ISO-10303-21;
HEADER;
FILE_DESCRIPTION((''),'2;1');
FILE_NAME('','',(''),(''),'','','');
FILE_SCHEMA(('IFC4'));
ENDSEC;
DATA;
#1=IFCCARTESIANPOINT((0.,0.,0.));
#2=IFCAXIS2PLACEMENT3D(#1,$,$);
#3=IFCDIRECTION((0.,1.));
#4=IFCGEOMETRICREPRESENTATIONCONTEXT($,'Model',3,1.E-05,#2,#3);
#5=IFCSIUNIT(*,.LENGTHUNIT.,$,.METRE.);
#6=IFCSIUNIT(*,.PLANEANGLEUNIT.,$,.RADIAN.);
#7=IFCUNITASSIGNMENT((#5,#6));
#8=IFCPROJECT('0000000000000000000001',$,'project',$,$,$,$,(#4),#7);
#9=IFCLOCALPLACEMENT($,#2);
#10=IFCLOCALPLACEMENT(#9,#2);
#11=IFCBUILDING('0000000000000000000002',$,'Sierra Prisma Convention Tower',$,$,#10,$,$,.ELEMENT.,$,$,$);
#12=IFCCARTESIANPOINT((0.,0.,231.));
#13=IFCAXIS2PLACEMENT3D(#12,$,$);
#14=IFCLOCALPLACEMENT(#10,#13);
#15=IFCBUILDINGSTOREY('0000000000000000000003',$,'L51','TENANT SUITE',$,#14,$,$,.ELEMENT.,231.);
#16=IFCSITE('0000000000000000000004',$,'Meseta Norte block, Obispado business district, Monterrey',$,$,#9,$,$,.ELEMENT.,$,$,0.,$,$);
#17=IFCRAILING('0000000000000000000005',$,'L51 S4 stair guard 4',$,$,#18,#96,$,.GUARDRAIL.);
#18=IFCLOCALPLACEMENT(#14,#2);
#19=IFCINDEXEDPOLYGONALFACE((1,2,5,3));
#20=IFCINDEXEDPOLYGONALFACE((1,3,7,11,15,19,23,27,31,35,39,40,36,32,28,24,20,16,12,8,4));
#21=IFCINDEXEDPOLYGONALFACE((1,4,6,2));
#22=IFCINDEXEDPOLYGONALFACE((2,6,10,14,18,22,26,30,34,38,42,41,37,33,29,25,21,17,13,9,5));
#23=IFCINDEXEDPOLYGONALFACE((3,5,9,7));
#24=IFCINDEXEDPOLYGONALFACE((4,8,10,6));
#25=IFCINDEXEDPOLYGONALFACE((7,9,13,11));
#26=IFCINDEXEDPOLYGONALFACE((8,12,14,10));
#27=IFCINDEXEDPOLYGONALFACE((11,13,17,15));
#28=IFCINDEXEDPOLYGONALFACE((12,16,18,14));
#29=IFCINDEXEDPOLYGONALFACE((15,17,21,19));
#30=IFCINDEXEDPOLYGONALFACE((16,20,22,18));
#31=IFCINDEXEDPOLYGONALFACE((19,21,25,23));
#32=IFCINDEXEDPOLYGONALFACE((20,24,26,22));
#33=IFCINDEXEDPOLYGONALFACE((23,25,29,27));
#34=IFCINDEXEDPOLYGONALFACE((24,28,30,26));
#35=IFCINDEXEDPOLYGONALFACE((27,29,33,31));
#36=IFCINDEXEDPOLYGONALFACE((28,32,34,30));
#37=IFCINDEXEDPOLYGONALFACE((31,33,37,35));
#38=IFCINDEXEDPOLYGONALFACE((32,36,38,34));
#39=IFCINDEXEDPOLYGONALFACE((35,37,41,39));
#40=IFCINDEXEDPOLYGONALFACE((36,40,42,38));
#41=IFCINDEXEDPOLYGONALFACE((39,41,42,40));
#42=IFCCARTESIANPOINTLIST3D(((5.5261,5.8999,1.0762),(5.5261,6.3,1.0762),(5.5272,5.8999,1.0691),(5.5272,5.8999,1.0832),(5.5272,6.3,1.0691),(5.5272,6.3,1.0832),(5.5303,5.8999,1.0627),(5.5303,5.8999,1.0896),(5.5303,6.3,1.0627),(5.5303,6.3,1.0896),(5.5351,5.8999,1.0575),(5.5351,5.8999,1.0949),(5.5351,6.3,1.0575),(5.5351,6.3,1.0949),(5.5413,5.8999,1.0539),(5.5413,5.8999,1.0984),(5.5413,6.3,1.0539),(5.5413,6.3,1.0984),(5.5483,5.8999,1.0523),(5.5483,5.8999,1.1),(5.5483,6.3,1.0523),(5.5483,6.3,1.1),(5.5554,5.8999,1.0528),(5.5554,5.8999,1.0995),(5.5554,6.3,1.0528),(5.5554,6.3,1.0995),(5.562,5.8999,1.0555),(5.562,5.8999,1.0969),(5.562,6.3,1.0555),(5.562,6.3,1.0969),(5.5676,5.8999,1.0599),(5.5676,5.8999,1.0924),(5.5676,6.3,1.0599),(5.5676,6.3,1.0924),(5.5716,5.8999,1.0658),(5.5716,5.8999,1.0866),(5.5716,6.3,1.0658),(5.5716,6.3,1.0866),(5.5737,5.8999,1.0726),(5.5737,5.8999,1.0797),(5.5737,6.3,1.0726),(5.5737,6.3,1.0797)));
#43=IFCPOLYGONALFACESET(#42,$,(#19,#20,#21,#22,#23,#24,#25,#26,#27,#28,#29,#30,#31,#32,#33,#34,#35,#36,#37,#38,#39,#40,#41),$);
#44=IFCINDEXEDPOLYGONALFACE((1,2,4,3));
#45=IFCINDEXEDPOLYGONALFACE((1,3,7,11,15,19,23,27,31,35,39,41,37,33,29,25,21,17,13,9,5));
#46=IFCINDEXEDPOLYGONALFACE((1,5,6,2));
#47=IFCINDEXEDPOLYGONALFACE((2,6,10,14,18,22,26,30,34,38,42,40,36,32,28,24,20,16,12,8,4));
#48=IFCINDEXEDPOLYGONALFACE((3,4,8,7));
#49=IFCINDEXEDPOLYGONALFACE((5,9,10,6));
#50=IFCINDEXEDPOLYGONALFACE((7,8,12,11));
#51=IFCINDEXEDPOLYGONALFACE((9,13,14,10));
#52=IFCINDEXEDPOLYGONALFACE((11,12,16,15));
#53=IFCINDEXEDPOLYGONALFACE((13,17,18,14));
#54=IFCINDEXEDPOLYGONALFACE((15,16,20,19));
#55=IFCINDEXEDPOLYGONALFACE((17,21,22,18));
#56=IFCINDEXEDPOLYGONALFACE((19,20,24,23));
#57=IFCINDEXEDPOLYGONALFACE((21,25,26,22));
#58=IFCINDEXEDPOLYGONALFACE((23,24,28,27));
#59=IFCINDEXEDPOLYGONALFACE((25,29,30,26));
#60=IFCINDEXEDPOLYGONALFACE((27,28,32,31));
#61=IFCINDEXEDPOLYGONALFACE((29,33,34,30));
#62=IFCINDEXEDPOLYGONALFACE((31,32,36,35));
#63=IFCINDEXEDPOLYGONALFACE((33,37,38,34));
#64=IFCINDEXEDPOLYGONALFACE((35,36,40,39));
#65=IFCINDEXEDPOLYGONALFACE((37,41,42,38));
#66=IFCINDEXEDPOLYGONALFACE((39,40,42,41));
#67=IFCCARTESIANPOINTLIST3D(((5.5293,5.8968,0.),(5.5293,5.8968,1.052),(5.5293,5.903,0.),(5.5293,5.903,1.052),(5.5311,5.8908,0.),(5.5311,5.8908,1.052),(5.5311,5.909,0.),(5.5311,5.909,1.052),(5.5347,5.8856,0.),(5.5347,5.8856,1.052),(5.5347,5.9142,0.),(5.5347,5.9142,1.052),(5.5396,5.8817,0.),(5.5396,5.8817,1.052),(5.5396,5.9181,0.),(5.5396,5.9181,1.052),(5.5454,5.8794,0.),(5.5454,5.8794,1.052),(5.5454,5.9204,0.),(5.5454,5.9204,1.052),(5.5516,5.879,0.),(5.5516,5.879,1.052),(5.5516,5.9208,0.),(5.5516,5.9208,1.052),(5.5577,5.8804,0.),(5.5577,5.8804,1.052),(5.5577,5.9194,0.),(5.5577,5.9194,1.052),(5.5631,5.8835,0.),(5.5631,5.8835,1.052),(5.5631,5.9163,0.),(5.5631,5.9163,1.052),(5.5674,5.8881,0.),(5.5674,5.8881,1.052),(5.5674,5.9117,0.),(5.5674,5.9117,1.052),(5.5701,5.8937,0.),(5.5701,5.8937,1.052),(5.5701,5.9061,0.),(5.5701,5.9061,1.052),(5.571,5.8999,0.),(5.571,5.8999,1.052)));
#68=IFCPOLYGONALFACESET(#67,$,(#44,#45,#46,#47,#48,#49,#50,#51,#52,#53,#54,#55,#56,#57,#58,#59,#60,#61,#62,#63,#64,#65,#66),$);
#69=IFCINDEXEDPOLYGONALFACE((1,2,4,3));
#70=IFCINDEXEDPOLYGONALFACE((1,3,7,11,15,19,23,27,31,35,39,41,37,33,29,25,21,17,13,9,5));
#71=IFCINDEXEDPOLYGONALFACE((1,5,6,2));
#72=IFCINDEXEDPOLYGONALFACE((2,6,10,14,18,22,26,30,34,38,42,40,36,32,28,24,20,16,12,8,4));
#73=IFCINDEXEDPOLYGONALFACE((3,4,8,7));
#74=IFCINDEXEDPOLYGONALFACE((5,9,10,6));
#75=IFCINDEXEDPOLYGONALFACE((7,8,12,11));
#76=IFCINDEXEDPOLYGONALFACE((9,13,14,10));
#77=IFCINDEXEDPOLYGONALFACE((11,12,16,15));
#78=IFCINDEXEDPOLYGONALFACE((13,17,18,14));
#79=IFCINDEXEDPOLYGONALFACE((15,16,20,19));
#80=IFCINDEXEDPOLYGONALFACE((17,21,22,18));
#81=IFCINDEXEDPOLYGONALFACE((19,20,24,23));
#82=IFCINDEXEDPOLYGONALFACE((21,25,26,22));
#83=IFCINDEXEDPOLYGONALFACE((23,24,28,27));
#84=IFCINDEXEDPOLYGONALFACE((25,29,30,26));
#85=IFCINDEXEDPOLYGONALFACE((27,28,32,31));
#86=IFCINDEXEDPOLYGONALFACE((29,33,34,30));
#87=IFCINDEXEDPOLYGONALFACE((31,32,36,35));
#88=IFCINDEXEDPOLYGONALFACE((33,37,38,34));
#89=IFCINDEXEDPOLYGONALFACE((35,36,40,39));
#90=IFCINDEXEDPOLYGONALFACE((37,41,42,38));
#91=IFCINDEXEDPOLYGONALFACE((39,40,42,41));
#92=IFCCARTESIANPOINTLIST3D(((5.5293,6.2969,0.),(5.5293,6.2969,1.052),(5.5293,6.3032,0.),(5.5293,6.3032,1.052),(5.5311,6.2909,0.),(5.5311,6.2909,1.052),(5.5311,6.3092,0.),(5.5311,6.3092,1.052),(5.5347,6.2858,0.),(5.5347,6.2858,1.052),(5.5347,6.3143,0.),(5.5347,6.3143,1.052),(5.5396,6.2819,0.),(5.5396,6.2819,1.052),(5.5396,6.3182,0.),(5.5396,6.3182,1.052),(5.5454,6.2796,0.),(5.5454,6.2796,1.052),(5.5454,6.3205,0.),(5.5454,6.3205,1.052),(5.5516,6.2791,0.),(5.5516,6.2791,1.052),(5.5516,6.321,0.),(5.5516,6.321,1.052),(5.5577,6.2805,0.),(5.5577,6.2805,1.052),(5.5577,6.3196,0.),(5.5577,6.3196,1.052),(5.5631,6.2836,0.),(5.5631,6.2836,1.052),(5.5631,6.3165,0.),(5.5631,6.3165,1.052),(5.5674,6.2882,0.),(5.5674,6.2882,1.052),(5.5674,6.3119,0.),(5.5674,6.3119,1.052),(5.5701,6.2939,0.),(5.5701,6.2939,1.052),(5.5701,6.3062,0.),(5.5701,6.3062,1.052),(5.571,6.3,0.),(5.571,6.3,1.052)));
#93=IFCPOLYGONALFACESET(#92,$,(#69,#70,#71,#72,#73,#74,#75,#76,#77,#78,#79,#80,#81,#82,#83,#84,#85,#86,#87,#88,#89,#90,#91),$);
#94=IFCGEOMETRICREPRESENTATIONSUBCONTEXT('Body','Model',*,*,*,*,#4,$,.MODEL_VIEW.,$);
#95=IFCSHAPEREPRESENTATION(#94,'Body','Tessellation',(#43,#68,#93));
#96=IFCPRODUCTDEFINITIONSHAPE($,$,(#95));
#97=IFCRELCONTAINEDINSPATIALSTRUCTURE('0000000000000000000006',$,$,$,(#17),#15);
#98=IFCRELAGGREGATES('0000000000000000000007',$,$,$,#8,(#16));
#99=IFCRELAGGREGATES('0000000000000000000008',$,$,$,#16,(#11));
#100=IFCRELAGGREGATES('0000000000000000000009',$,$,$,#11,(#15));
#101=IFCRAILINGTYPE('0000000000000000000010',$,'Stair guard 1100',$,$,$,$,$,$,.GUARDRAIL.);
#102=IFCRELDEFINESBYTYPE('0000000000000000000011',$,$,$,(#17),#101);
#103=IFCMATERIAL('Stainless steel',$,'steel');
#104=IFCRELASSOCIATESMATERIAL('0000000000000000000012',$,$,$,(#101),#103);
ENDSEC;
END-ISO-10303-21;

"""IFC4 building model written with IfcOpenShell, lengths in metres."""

from ifc_helpers import new_model, si_unit, direction, frame, origin, origin_2d, place, context, subcontext, project, spatial, circle, extrude, material, type_object, element, save


model = new_model("IFC4")

# Units and contexts
model_context = context("Model", 3, precision=1e-05, world=origin(), true_north=direction((0.0, 1.0)))
body_context = subcontext(model_context, "Body", "Model", "MODEL_VIEW")
ifc_project = project(units=[si_unit("LENGTHUNIT", "METRE"), si_unit("PLANEANGLEUNIT", "RADIAN")], contexts=[model_context])

# Site, building, storey
site_placement = place(None, origin())
site = spatial("IfcSite", under=ifc_project, at=site_placement, Name="Meseta Norte block, Obispado business district, Monterrey", CompositionType="ELEMENT", RefElevation=0.0)
building_placement = place(site_placement, origin())
building = spatial("IfcBuilding", under=site, at=building_placement, Name="Sierra Prisma Convention Tower", CompositionType="ELEMENT")
storey_placement = place(building_placement, frame((0.0, 0.0, 231.0)))
storey = spatial("IfcBuildingStorey", under=building, at=storey_placement, Name="L51", Description="TENANT SUITE", CompositionType="ELEMENT", Elevation=231.0)

# Railing
ifc_material_1 = material(Name="Stainless steel", Category="steel")
railing_type_1 = type_object("IfcRailingType", Name="Stair guard 1100", PredefinedType="GUARDRAIL", material=ifc_material_1)
railing_1_placement = place(storey_placement, frame((5.55, 5.8999, 0.0)))
element("IfcRailing", 1, at=railing_1_placement, inside=storey, type_object=railing_type_1, Name="L51 S4 stair guard 4", PredefinedType="GUARDRAIL", context=body_context, shape_type="SweptSolid", body=[
    extrude(circle(Radius=0.0239, at=origin_2d()), frame((0.0, 0.0, 1.0762), z_axis=(0.0, 1.0, 0.0), x_axis=(-1.0, 0.0, 0.0)), (0.0, 0.0, 1.0), 0.4001),
    extrude(circle(Radius=0.021, at=origin_2d()), origin(), (0.0, 0.0, 1.0), 1.052),
    extrude(circle(Radius=0.021, at=origin_2d()), frame((0.0, 0.4001, 0.0)), (0.0, 0.0, 1.0), 1.052),
])

save(model, "model.ifc")
